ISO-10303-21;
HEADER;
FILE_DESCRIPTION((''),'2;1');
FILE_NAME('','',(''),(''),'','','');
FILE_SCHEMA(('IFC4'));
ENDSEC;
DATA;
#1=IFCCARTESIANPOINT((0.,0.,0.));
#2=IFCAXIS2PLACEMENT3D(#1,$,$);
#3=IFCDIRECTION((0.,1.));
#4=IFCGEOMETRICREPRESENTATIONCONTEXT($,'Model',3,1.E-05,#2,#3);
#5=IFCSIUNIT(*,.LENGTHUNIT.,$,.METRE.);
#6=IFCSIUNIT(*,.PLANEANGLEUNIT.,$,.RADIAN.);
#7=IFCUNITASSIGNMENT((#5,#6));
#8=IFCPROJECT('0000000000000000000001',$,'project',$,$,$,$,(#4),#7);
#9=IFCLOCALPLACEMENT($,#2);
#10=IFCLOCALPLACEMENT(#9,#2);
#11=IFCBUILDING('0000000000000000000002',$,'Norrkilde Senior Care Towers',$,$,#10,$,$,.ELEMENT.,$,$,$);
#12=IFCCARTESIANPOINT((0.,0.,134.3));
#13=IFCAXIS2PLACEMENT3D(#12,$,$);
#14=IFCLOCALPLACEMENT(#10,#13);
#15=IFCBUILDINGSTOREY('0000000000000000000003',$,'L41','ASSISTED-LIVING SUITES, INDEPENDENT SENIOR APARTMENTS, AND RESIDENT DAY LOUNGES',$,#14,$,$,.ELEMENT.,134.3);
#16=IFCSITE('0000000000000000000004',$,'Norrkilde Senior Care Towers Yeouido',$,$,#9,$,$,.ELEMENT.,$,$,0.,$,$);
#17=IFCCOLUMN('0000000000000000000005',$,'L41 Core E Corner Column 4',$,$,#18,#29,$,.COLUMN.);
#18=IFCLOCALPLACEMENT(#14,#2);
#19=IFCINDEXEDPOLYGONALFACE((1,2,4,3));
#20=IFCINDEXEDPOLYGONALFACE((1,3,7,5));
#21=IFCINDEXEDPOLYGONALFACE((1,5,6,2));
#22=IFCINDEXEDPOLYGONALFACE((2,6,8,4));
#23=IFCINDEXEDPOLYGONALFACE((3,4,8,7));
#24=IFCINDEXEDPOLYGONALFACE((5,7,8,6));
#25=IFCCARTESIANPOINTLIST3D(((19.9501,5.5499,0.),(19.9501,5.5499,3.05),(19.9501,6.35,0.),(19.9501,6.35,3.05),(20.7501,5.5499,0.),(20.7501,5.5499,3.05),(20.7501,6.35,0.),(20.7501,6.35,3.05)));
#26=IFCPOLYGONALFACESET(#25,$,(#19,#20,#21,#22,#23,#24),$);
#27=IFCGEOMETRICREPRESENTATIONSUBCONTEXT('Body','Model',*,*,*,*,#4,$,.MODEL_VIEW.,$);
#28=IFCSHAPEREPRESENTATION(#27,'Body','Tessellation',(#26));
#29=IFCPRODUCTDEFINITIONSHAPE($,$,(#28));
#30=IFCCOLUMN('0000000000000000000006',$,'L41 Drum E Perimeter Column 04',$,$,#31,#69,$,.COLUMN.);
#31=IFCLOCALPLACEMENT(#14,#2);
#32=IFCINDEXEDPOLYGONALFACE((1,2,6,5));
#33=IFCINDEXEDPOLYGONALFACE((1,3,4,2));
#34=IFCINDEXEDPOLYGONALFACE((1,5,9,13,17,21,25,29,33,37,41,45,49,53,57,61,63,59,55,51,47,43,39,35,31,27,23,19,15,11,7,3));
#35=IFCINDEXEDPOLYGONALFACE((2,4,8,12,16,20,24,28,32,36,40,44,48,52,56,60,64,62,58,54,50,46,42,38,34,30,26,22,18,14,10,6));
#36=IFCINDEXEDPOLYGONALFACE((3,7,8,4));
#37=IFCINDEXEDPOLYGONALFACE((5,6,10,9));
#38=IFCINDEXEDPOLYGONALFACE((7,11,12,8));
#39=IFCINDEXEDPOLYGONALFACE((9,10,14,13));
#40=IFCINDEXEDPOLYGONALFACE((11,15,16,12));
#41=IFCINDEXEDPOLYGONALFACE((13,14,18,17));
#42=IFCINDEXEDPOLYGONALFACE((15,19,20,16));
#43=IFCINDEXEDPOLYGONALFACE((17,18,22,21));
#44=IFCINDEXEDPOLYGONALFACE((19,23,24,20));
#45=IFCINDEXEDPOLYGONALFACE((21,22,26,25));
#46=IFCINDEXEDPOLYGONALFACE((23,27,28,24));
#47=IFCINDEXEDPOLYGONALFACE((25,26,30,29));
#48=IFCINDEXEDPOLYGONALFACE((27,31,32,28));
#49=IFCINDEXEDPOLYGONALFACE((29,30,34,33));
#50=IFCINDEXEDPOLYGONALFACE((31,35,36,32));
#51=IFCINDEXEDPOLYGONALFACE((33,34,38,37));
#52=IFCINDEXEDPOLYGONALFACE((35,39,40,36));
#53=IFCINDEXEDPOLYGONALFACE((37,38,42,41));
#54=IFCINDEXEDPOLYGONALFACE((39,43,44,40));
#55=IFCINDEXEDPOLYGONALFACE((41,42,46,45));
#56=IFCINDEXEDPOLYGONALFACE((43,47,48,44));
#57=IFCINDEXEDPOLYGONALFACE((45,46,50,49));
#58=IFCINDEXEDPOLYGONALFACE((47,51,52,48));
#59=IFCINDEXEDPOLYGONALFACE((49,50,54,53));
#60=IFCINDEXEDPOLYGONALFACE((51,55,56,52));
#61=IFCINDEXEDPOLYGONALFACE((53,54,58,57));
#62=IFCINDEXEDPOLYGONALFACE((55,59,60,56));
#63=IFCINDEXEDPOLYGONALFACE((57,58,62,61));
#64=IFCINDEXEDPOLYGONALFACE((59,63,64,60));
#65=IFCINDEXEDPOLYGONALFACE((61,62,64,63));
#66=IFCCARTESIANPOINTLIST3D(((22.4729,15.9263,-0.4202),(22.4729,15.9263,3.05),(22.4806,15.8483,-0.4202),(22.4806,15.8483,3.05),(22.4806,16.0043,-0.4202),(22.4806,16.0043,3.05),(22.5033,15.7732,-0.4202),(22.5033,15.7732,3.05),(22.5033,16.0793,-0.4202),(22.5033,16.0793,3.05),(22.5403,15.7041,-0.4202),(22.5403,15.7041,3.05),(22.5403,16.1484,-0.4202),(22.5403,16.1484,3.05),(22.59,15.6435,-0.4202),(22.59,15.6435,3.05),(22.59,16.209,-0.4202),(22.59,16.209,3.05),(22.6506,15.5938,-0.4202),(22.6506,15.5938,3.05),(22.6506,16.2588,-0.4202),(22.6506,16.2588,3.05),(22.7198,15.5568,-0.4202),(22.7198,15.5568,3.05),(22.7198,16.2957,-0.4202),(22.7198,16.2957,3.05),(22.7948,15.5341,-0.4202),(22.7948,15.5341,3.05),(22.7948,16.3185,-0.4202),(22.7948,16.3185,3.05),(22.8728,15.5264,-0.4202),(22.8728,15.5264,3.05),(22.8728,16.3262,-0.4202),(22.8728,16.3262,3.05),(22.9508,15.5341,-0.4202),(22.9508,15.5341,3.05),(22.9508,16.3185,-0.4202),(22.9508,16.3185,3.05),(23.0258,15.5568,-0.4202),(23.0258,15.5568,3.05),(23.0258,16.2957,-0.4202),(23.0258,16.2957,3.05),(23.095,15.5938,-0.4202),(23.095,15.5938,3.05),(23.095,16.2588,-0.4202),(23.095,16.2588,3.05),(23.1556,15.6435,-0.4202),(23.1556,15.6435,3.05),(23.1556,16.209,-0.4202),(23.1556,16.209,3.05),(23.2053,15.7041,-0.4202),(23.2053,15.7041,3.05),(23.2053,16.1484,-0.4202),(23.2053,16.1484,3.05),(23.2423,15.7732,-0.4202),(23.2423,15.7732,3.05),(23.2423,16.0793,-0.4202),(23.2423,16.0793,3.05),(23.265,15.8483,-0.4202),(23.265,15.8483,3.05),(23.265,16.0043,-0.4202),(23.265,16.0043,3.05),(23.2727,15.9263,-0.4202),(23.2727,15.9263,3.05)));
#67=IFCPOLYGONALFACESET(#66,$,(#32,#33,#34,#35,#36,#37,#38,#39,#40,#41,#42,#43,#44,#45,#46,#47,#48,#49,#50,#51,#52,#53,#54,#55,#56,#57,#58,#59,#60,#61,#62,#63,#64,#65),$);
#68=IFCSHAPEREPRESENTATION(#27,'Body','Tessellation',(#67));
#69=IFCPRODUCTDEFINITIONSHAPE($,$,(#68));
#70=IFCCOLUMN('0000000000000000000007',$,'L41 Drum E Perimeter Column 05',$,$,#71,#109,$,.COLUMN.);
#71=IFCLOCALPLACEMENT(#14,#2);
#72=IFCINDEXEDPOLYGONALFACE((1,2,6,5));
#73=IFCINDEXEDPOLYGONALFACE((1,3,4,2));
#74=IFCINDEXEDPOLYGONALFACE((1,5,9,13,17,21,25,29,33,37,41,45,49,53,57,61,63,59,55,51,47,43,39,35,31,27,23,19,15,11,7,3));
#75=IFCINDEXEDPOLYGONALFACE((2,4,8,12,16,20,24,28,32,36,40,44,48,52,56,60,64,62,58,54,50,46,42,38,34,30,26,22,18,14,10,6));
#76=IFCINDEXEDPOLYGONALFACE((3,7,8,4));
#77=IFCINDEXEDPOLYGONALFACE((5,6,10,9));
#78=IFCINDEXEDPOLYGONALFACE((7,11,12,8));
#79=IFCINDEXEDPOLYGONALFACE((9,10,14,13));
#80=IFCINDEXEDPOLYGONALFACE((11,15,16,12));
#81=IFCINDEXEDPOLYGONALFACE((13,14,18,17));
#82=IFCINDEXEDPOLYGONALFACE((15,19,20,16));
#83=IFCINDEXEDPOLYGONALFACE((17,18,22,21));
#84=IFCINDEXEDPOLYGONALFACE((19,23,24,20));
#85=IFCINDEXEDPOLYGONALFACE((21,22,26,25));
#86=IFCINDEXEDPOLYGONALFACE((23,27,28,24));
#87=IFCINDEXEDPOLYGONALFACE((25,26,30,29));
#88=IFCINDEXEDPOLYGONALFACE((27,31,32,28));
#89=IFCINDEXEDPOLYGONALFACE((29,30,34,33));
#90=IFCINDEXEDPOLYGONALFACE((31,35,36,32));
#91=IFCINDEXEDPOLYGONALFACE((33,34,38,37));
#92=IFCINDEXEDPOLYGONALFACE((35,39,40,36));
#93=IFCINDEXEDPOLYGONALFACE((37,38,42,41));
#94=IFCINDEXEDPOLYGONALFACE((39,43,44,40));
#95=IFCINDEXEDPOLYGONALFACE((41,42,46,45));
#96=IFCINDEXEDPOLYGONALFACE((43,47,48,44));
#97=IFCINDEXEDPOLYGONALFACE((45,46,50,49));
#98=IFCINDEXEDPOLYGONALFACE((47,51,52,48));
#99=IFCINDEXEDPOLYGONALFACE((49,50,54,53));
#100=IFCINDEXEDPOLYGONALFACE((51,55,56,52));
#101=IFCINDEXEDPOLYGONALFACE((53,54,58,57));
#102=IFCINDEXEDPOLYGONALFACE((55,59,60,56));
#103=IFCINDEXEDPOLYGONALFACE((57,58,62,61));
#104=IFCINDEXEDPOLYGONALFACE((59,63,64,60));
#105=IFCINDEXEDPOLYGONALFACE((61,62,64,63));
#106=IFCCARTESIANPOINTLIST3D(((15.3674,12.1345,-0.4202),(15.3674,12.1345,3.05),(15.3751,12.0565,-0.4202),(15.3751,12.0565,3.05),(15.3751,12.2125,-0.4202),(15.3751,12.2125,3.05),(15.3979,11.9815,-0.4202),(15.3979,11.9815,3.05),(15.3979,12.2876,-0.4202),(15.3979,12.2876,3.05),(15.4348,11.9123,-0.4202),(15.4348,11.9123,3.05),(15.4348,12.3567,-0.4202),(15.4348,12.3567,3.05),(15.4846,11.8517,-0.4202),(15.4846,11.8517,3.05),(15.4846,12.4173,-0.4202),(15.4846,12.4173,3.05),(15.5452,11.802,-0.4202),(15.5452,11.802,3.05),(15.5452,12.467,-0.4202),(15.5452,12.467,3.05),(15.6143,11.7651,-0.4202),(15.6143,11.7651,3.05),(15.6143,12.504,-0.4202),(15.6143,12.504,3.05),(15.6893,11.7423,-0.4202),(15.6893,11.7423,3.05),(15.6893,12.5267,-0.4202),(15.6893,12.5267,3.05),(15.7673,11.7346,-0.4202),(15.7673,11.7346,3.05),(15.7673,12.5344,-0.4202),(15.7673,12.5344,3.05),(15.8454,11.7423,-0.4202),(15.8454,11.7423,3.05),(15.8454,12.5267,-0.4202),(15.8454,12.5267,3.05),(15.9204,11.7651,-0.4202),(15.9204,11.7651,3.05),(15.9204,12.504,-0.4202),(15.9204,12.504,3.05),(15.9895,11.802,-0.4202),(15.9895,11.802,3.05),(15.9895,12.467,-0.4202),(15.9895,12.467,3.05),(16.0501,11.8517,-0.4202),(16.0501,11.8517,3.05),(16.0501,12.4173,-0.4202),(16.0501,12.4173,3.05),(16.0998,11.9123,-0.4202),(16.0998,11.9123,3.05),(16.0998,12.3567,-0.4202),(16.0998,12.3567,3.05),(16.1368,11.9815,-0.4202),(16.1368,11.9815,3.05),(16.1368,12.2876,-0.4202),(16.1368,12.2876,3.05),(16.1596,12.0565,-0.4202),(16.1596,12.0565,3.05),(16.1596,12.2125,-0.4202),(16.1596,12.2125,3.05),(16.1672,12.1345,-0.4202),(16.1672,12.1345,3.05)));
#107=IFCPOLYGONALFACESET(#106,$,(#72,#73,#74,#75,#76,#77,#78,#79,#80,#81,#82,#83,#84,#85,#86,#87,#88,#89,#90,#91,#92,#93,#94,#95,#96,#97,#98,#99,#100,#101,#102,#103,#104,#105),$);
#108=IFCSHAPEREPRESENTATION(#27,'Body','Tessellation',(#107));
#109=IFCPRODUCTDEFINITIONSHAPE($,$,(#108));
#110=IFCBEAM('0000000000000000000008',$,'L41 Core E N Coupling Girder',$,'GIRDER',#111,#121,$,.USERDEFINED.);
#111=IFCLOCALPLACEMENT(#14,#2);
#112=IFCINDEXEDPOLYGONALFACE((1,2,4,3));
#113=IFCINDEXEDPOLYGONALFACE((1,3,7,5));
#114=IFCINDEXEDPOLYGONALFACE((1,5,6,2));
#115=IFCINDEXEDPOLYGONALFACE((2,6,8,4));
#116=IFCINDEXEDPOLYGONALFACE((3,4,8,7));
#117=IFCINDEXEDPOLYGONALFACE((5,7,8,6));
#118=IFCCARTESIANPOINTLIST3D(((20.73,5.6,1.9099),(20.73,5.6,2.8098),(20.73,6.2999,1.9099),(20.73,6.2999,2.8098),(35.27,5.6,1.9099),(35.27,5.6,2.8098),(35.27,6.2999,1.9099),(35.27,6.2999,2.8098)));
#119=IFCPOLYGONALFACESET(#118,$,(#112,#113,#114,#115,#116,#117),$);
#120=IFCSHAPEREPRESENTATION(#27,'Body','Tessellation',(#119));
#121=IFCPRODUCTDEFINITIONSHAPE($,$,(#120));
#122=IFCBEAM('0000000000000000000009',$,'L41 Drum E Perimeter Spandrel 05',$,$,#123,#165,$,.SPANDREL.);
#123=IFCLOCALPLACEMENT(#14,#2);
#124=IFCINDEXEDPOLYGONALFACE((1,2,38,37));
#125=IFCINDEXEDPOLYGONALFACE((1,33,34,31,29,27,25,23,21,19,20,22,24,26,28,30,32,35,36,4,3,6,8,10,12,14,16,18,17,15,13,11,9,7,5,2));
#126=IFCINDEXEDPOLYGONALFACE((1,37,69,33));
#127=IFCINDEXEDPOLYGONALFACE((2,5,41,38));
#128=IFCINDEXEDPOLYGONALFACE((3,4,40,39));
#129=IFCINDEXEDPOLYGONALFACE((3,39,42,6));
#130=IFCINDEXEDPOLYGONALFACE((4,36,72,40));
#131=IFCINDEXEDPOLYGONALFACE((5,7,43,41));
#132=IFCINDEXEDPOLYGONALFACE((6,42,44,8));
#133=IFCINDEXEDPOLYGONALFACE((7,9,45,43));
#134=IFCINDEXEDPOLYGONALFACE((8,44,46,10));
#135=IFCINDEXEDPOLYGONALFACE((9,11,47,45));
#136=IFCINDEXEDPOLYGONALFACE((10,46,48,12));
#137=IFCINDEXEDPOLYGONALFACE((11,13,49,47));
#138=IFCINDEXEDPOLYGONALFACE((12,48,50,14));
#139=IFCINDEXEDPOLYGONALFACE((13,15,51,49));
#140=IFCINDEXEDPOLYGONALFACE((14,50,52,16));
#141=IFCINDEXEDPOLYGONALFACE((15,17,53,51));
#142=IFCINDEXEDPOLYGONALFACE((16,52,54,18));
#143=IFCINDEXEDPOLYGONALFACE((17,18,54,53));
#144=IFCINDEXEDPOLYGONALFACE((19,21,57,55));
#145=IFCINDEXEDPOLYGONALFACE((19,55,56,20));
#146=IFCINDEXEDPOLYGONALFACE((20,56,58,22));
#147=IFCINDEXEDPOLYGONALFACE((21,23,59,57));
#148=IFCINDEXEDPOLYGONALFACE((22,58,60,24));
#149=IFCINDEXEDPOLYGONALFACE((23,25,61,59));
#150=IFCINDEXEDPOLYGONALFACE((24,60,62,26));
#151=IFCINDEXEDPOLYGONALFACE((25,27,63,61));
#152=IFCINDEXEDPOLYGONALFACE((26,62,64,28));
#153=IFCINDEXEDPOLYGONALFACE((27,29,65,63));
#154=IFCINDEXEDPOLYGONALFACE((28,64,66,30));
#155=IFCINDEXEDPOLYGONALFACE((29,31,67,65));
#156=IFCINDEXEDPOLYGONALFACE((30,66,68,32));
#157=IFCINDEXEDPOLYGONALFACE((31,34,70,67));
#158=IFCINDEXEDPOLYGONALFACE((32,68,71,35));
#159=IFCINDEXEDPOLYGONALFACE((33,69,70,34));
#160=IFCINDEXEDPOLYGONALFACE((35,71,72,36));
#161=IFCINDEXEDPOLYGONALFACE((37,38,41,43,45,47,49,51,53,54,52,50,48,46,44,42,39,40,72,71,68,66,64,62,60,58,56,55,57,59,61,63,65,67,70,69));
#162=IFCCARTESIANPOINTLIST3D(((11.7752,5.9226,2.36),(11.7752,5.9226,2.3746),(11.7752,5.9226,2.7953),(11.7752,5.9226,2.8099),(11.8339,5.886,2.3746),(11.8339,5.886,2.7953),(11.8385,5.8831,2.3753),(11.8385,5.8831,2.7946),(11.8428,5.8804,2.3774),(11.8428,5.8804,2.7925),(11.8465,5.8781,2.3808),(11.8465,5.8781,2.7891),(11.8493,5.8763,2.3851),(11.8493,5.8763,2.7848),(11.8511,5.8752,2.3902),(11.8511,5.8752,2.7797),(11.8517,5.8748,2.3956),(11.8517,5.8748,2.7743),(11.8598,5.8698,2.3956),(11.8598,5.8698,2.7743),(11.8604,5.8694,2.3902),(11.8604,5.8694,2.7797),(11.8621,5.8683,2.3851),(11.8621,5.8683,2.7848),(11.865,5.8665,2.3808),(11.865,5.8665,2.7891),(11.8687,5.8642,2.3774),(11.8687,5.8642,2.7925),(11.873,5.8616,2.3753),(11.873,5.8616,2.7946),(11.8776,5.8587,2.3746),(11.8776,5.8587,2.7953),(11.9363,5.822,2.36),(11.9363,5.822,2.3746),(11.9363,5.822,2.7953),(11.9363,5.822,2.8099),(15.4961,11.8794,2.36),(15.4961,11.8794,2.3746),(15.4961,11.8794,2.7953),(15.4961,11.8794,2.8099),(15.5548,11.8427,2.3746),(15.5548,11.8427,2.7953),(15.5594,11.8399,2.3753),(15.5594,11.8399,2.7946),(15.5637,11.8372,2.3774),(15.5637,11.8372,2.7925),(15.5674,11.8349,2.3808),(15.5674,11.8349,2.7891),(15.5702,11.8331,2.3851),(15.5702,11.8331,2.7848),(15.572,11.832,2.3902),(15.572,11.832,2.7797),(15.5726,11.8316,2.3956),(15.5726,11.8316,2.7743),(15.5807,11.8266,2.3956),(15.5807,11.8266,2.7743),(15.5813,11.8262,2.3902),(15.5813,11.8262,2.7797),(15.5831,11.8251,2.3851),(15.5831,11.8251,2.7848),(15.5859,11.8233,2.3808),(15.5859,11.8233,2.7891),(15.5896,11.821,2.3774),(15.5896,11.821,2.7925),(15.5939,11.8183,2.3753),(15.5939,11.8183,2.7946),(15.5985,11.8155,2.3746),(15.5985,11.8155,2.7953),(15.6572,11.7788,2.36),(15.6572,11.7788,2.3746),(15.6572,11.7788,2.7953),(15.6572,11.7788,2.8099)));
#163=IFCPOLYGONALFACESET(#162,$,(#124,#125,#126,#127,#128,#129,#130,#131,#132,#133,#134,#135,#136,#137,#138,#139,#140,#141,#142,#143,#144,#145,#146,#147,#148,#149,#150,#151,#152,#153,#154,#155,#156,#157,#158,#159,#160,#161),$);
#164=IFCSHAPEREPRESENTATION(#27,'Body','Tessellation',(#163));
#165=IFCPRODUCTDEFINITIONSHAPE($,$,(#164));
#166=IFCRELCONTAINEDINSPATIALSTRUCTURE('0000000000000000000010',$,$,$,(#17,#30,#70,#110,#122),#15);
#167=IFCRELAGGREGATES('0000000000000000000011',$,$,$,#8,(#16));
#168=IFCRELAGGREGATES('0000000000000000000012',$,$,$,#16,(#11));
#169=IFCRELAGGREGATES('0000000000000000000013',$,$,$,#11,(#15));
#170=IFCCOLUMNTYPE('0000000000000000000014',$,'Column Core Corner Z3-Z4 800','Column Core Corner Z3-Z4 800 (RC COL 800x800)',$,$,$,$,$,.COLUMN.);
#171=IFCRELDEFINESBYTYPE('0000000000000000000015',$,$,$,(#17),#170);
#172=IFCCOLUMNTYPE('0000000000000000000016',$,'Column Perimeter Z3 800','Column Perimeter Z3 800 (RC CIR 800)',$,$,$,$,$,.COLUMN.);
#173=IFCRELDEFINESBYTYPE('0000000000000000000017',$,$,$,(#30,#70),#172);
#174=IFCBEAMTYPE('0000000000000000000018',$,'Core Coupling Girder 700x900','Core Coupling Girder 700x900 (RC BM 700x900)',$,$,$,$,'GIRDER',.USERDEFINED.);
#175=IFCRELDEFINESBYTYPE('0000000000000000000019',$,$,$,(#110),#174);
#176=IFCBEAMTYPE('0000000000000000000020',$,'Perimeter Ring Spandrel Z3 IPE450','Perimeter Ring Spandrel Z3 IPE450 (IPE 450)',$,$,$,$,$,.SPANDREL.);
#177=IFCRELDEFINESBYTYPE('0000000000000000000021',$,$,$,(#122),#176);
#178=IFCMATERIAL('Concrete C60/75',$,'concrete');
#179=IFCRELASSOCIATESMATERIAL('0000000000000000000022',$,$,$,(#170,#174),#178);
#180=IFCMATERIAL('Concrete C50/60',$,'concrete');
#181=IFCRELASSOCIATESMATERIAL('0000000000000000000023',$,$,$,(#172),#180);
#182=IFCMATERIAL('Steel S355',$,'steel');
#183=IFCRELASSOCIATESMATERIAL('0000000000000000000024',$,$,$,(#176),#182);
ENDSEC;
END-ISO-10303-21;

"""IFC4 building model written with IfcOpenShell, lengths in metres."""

from ifc_helpers import new_model, si_unit, direction, frame, origin, origin_2d, place, context, subcontext, project, spatial, rectangle, circle, i_section, extrude, source, transform, mapped, material, material_profile, profile_set, type_object, type_shapes, element, save


model = new_model("IFC4")

# Units and contexts
model_context = context("Model", 3, precision=1e-05, world=origin(), true_north=direction((0.0, 1.0)))
body_context = subcontext(model_context, "Body", "Model", "MODEL_VIEW")
ifc_project = project(units=[si_unit("LENGTHUNIT", "METRE"), si_unit("PLANEANGLEUNIT", "RADIAN")], contexts=[model_context])

# Site, building, storey
site_placement = place(None, origin())
site = spatial("IfcSite", under=ifc_project, at=site_placement, Name="Norrkilde Senior Care Towers Yeouido", CompositionType="ELEMENT", RefElevation=0.0)
building_placement = place(site_placement, origin())
building = spatial("IfcBuilding", under=site, at=building_placement, Name="Norrkilde Senior Care Towers", CompositionType="ELEMENT")
storey_placement = place(building_placement, frame((0.0, 0.0, 134.3)))
storey = spatial("IfcBuildingStorey", under=building, at=storey_placement, Name="L41", Description="ASSISTED-LIVING SUITES, INDEPENDENT SENIOR APARTMENTS, AND RESIDENT DAY LOUNGES", CompositionType="ELEMENT", Elevation=134.3)

# Columns
ifc_material_1 = material(Name="Concrete C60/75", Category="concrete")
ifc_material_profile_1 = material_profile(ifc_material_1, rectangle(XDim=0.8, YDim=0.8, at=origin_2d()), Name="RC COL 800x800")
ifc_profile_set_1 = profile_set([ifc_material_profile_1], Name="Concrete C60/75")
column_type_1 = type_object("IfcColumnType", Name="Column Core Corner Z3-Z4 800", Description="Column Core Corner Z3-Z4 800 (RC COL 800x800)", PredefinedType="COLUMN", material=ifc_profile_set_1)
shared_shape_1 = source(origin(), body_context, "Body", "SweptSolid", [
    extrude(rectangle(XDim=0.8, YDim=0.8, at=origin_2d()), origin(), (0.0, 0.0, 1.0), 3.05),
])
type_shapes(column_type_1, [shared_shape_1])
column_placement = place(storey_placement, frame((20.3501, 5.95, 0.0), z_axis=(0.0, 0.0, 1.0), x_axis=(1.0, 0.0, 0.0)))
element("IfcColumn", 1, at=column_placement, inside=storey, type_object=column_type_1, Name="L41 Core E Corner Column 4", PredefinedType="COLUMN", context=body_context, shape_type="MappedRepresentation", body=[
    mapped(shared_shape_1, transform((0.0, 0.0, 0.0), x_axis=(1.0, 0.0, 0.0), y_axis=(0.0, 1.0, 0.0), z_axis=(0.0, 0.0, 1.0), scale=1.0)),
])
ifc_material_2 = material(Name="Concrete C50/60", Category="concrete")
ifc_material_profile_2 = material_profile(ifc_material_2, circle(Radius=0.3999, at=origin_2d()), Name="RC CIR 800")
ifc_profile_set_2 = profile_set([ifc_material_profile_2], Name="Concrete C50/60")
column_type_2 = type_object("IfcColumnType", Name="Column Perimeter Z3 800", Description="Column Perimeter Z3 800 (RC CIR 800)", PredefinedType="COLUMN", material=ifc_profile_set_2)
shared_shape_2 = source(origin(), body_context, "Body", "SweptSolid", [
    extrude(circle(Radius=0.3999, at=origin_2d()), origin(), (0.0, 0.0, 1.0), 3.4702),
])
type_shapes(column_type_2, [shared_shape_2])
for number, where, z_axis, x_axis, name in (
    (2, (22.8728, 15.9263, -0.4202), (0.0, 0.0, 1.0), (1.0, 0.0, 0.0), "L41 Drum E Perimeter Column 04"),
    (3, (15.7673, 12.1345, -0.4202), (0.0, 0.0, 1.0), (1.0, 0.0, 0.0), "L41 Drum E Perimeter Column 05"),
):
    element("IfcColumn", number, at=place(storey_placement, frame(where, z_axis=z_axis, x_axis=x_axis)), inside=storey, type_object=column_type_2, Name=name, PredefinedType="COLUMN", context=body_context, shape_type="MappedRepresentation", body=[
        mapped(shared_shape_2, transform((0.0, 0.0, 0.0), x_axis=(1.0, 0.0, 0.0), y_axis=(0.0, 1.0, 0.0), z_axis=(0.0, 0.0, 1.0), scale=1.0)),
    ])

# Beams
ifc_material_profile_3 = material_profile(ifc_material_1, rectangle(XDim=0.7, YDim=0.8999, at=origin_2d()), Name="RC BM 700x900")
ifc_profile_set_3 = profile_set([ifc_material_profile_3], Name="Concrete C60/75")
beam_type_1 = type_object("IfcBeamType", Name="Core Coupling Girder 700x900", Description="Core Coupling Girder 700x900 (RC BM 700x900)", ElementType="GIRDER", PredefinedType="USERDEFINED", material=ifc_profile_set_3)
shared_shape_3 = source(origin(), body_context, "Body", "SweptSolid", [
    extrude(rectangle(XDim=0.7, YDim=0.8999, at=origin_2d()), origin(), (0.0, 0.0, 1.0), 14.54),
])
type_shapes(beam_type_1, [shared_shape_3])
beam_1_placement = place(storey_placement, frame((20.73, 5.95, 2.3599), z_axis=(1.0, 0.0, 0.0), x_axis=(0.0, 1.0, 0.0)))
element("IfcBeam", 4, at=beam_1_placement, inside=storey, type_object=beam_type_1, Name="L41 Core E N Coupling Girder", ObjectType="GIRDER", PredefinedType="USERDEFINED", context=body_context, shape_type="MappedRepresentation", body=[
    mapped(shared_shape_3, transform((0.0, 0.0, 0.0), x_axis=(1.0, 0.0, 0.0), y_axis=(0.0, 1.0, 0.0), z_axis=(0.0, 0.0, 1.0), scale=1.0)),
])
ifc_material_3 = material(Name="Steel S355", Category="steel")
ifc_material_profile_4 = material_profile(ifc_material_3, i_section(OverallWidth=0.1899, OverallDepth=0.45, WebThickness=0.0095, FlangeThickness=0.0146, FilletRadius=0.021, at=origin_2d()), Name="IPE 450")
ifc_profile_set_4 = profile_set([ifc_material_profile_4], Name="Steel S355")
beam_type_2 = type_object("IfcBeamType", Name="Perimeter Ring Spandrel Z3 IPE450", Description="Perimeter Ring Spandrel Z3 IPE450 (IPE 450)", PredefinedType="SPANDREL", material=ifc_profile_set_4)
shared_shape_4 = source(origin(), body_context, "Body", "SweptSolid", [
    extrude(i_section(OverallWidth=0.1899, OverallDepth=0.45, WebThickness=0.0095, FlangeThickness=0.0146, FilletRadius=0.021, at=origin_2d()), origin(), (0.0, 0.0, 1.0), 7.0234),
])
beam_2_placement = place(storey_placement, frame((15.5767, 11.8291, 2.585), z_axis=(-0.52979, -0.848129, 0.0), x_axis=(0.848129, -0.52979, 0.0)))
element("IfcBeam", 5, at=beam_2_placement, inside=storey, type_object=beam_type_2, Name="L41 Drum E Perimeter Spandrel 05", PredefinedType="SPANDREL", context=body_context, shape_type="MappedRepresentation", body=[
    mapped(shared_shape_4, transform((0.0, 0.0, 0.0), x_axis=(1.0, 0.0, 0.0), y_axis=(0.0, 1.0, 0.0), z_axis=(0.0, 0.0, 1.0), scale=1.0)),
])

save(model, "model.ifc")
